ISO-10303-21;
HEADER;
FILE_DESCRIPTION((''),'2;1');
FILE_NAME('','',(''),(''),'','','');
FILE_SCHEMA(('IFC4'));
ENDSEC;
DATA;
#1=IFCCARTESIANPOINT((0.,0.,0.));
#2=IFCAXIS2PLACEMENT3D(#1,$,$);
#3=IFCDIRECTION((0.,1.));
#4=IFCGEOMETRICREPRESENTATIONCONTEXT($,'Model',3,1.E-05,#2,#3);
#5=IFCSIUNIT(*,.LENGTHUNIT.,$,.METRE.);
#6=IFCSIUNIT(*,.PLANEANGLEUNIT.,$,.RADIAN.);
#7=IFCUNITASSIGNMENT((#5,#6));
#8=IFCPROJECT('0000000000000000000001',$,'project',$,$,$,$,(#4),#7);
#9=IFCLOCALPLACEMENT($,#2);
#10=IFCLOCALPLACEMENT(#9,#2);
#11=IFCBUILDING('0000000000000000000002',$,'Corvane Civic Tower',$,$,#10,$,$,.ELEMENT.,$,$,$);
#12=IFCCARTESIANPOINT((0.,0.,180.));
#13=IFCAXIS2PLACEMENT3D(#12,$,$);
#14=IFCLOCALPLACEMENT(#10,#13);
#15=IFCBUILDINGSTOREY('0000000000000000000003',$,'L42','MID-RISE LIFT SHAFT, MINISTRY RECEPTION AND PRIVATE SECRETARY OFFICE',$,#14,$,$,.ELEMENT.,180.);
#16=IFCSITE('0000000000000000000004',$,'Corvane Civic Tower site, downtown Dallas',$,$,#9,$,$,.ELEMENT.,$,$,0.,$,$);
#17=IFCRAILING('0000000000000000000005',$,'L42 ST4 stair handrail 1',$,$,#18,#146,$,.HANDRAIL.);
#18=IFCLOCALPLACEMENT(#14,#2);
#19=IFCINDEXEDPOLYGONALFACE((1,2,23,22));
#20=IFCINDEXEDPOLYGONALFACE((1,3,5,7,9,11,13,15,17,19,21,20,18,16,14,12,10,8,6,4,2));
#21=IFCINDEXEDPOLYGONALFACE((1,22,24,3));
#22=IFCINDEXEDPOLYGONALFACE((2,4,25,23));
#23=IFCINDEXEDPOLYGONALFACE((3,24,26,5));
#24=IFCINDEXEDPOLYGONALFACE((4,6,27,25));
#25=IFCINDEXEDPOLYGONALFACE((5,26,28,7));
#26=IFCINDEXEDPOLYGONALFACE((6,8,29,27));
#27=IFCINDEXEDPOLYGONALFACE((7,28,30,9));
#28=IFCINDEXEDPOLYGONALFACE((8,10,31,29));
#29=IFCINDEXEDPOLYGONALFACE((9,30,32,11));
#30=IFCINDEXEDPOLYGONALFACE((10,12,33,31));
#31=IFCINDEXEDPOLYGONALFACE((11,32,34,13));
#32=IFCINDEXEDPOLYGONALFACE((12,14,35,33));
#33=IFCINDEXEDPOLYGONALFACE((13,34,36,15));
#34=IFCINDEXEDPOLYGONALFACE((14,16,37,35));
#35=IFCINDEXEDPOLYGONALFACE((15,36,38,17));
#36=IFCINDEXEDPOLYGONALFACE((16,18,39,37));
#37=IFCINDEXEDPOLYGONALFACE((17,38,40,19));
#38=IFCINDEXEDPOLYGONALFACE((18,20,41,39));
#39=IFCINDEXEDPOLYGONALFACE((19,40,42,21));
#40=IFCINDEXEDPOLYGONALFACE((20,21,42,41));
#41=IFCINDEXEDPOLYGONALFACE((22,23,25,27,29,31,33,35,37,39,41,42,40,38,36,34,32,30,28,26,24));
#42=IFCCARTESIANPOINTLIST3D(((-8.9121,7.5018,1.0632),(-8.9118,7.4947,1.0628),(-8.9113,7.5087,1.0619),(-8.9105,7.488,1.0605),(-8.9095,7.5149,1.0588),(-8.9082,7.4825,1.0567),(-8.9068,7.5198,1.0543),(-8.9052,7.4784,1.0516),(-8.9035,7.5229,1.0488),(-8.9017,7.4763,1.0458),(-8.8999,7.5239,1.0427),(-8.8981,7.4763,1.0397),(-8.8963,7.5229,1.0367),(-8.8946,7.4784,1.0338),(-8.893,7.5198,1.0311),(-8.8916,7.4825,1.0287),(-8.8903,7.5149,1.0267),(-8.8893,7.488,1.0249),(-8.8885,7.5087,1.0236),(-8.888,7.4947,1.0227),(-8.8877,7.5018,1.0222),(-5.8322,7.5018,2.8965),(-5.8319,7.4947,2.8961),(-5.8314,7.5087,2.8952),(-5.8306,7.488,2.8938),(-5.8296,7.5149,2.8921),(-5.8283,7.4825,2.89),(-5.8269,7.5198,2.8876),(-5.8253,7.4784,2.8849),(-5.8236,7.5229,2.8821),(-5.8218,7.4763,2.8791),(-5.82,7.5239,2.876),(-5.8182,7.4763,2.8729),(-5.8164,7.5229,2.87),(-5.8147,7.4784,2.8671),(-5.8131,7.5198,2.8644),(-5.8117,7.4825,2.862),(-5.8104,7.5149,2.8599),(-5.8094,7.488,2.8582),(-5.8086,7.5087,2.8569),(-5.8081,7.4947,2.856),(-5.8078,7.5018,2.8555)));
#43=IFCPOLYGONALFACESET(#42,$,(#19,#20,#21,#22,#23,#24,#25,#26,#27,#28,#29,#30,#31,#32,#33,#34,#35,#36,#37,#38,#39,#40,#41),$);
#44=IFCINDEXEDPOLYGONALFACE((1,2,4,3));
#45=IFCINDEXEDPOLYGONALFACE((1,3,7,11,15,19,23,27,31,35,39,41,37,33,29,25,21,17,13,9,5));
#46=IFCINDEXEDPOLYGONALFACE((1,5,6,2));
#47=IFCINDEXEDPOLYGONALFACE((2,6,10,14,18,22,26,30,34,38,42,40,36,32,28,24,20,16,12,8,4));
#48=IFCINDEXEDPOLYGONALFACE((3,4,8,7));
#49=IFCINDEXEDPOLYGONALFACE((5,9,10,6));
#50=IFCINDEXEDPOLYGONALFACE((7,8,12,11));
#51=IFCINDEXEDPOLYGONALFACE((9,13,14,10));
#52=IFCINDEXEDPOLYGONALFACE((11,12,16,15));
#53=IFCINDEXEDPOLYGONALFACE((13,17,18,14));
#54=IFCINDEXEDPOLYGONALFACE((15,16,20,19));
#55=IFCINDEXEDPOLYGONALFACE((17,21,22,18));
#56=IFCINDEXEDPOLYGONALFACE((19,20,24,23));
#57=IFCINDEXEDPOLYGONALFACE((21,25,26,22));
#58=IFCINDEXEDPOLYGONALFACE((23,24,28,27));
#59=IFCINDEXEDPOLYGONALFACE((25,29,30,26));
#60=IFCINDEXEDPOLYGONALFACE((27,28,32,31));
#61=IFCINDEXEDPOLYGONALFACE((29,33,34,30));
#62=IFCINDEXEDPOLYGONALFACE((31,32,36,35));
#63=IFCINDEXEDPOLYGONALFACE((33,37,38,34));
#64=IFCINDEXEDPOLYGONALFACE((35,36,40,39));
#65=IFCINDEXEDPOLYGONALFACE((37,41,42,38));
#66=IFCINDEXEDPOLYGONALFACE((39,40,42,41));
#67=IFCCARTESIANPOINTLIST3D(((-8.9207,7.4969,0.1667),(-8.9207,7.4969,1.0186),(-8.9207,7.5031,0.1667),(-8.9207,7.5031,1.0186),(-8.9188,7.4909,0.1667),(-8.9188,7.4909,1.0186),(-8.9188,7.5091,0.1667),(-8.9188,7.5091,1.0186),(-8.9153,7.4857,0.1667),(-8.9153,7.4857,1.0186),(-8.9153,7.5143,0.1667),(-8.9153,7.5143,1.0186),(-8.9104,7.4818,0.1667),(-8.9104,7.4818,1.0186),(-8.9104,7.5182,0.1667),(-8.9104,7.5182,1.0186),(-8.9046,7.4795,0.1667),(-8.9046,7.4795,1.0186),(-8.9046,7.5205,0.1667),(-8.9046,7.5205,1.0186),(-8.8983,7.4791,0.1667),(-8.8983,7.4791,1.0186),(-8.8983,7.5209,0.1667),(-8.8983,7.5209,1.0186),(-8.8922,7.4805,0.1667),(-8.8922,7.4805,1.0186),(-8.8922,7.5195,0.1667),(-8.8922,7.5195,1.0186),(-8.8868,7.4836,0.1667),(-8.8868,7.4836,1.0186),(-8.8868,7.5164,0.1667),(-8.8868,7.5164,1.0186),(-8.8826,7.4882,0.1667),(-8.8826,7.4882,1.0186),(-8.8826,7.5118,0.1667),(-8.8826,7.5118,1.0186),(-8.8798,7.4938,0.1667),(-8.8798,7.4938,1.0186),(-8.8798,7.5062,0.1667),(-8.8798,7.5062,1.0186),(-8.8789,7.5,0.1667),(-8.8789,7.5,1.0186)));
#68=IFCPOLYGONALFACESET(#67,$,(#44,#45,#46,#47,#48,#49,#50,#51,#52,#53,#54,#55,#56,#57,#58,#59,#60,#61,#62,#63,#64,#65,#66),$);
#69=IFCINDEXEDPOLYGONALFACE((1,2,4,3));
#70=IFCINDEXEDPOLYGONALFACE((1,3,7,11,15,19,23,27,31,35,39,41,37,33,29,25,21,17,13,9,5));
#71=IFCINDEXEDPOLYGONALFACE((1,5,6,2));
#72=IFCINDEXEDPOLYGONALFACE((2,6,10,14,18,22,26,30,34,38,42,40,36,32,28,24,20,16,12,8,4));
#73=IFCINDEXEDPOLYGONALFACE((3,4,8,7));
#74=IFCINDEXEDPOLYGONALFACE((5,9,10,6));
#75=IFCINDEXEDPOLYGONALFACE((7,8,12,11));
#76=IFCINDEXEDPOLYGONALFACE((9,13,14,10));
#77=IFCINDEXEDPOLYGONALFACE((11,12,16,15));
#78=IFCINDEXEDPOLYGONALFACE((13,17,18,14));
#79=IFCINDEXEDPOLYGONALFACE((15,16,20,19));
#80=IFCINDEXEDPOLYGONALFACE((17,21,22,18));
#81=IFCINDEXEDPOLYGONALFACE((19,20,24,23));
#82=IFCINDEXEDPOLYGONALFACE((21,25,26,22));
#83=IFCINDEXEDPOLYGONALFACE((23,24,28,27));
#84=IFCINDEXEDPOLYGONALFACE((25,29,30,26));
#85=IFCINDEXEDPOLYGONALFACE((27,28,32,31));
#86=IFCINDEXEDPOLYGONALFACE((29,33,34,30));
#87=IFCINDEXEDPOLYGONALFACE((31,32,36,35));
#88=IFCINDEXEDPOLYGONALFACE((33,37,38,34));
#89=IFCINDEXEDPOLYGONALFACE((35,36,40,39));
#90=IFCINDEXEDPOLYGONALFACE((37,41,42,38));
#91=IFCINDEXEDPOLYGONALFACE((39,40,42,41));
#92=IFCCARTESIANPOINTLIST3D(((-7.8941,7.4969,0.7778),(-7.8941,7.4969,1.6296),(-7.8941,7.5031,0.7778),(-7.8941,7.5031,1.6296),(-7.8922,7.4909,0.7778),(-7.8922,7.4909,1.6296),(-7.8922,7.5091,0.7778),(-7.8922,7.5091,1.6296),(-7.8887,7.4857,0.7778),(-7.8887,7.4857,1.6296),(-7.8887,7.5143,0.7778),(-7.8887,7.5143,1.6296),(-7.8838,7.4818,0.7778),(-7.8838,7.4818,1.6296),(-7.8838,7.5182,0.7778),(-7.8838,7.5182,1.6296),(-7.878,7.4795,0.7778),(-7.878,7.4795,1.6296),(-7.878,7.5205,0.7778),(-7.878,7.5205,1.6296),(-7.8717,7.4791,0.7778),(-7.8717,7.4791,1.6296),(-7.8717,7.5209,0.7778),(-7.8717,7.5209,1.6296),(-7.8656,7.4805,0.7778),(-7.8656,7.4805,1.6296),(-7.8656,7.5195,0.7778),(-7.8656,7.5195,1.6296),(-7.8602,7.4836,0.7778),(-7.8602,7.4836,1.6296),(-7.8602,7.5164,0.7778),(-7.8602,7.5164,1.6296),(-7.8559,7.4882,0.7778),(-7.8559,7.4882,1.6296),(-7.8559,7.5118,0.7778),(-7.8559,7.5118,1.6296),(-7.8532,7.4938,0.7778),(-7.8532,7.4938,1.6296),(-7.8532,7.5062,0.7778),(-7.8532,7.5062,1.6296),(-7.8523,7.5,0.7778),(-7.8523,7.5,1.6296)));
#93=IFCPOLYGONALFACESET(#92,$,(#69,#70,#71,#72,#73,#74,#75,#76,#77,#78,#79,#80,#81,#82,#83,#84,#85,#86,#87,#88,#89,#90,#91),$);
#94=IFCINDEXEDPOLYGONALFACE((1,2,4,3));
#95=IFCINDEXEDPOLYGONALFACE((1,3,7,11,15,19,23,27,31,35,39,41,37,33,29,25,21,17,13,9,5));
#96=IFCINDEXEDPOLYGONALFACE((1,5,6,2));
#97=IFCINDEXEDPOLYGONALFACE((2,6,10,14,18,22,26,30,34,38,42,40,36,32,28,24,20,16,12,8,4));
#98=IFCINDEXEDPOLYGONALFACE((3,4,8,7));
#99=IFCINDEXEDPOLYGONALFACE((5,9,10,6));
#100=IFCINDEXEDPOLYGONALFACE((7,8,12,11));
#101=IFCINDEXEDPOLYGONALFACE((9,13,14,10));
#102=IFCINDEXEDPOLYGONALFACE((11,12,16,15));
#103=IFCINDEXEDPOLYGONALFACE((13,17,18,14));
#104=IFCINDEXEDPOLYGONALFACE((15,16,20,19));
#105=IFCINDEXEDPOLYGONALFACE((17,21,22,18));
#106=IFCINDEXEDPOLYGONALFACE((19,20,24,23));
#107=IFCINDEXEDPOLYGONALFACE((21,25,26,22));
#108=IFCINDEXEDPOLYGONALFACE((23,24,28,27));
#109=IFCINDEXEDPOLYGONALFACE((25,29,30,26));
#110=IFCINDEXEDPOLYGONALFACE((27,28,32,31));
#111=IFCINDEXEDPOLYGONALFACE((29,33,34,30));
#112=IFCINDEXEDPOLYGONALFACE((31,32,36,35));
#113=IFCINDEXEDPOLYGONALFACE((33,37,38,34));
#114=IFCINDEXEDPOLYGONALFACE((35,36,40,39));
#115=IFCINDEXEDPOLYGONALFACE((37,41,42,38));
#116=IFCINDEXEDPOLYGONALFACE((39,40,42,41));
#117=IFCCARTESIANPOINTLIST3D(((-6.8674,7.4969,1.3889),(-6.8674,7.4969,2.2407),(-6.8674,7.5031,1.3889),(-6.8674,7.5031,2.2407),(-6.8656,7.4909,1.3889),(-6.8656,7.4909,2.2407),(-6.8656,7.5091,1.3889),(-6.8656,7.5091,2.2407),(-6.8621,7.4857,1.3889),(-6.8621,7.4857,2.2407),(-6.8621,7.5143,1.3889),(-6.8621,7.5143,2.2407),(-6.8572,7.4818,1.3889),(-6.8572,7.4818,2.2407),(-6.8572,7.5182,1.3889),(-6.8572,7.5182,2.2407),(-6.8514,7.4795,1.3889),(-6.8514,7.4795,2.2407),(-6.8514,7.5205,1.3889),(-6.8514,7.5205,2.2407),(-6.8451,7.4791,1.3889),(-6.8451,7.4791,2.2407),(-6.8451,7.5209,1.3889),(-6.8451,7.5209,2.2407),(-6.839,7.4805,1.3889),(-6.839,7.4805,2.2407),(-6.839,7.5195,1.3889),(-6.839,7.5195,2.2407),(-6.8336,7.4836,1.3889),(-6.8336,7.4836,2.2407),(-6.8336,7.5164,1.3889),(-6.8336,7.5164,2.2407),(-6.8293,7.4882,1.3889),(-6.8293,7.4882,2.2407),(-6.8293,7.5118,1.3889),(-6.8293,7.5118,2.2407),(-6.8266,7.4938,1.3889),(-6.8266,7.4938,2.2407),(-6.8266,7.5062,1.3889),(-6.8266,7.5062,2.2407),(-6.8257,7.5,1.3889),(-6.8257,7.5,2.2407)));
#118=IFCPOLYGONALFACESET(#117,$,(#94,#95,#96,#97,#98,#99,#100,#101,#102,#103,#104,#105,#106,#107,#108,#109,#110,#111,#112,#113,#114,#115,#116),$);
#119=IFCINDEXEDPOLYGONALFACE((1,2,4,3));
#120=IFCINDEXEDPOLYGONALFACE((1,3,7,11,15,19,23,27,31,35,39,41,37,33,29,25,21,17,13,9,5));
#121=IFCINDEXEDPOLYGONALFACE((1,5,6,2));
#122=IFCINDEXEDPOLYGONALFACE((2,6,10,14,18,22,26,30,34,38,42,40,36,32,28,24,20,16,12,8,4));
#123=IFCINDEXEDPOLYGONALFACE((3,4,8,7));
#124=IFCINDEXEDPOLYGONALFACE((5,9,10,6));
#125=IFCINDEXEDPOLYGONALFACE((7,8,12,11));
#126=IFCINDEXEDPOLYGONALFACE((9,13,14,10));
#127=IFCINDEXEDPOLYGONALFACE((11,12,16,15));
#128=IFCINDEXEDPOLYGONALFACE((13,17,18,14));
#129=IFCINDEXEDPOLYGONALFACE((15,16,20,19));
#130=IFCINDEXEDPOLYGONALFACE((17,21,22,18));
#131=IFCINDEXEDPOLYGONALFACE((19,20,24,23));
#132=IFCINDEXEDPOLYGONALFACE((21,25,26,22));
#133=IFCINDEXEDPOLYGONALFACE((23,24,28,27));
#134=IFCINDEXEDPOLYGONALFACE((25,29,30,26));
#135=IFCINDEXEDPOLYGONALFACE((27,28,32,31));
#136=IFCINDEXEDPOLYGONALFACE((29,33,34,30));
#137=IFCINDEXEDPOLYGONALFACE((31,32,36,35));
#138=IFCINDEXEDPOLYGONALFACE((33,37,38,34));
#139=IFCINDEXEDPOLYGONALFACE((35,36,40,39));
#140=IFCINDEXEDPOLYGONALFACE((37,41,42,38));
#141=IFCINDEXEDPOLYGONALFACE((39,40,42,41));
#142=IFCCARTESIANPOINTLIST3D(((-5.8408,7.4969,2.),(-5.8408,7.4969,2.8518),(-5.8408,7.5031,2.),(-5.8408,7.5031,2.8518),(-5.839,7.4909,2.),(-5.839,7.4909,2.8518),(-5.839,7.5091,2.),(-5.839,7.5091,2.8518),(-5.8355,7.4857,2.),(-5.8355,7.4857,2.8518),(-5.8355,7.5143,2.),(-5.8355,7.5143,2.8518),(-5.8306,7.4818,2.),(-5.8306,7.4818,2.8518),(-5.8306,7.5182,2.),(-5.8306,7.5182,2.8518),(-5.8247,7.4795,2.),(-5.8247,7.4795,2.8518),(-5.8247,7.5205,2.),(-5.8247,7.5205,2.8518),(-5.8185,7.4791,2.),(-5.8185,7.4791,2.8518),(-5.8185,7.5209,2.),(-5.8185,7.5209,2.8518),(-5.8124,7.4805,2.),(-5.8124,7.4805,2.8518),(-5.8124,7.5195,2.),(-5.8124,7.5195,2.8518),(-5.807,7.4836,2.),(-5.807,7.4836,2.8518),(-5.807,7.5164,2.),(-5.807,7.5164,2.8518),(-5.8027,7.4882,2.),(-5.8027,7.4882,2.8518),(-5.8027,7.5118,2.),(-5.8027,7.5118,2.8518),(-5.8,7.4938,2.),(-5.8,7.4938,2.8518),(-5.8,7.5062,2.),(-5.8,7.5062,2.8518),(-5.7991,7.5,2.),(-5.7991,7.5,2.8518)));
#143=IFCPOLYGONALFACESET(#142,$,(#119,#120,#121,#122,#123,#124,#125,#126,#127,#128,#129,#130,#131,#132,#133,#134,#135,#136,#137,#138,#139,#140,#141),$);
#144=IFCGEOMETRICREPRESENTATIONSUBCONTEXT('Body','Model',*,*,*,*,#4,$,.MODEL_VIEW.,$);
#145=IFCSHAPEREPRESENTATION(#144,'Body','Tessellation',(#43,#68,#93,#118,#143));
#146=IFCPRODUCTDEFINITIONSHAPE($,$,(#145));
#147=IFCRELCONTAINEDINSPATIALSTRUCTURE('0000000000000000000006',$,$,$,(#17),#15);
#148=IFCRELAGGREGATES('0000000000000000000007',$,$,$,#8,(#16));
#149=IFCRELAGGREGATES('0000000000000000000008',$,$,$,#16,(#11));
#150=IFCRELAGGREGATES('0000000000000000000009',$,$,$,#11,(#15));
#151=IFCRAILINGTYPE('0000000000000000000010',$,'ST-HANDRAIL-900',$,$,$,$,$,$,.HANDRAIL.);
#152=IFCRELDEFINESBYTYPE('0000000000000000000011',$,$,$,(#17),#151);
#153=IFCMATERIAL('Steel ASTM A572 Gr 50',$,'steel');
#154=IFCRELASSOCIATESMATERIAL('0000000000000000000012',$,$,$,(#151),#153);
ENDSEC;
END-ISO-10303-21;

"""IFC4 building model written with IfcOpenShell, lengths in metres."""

from ifc_helpers import new_model, si_unit, direction, frame, origin, origin_2d, place, context, subcontext, project, spatial, circle, extrude, material, type_object, element, save


model = new_model("IFC4")

# Units and contexts
model_context = context("Model", 3, precision=1e-05, world=origin(), true_north=direction((0.0, 1.0)))
body_context = subcontext(model_context, "Body", "Model", "MODEL_VIEW")
ifc_project = project(units=[si_unit("LENGTHUNIT", "METRE"), si_unit("PLANEANGLEUNIT", "RADIAN")], contexts=[model_context])

# Site, building, storey
site_placement = place(None, origin())
site = spatial("IfcSite", under=ifc_project, at=site_placement, Name="Corvane Civic Tower site, downtown Dallas", CompositionType="ELEMENT", RefElevation=0.0)
building_placement = place(site_placement, origin())
building = spatial("IfcBuilding", under=site, at=building_placement, Name="Corvane Civic Tower", CompositionType="ELEMENT")
storey_placement = place(building_placement, frame((0.0, 0.0, 180.0)))
storey = spatial("IfcBuildingStorey", under=building, at=storey_placement, Name="L42", Description="MID-RISE LIFT SHAFT, MINISTRY RECEPTION AND PRIVATE SECRETARY OFFICE", CompositionType="ELEMENT", Elevation=180.0)

# Railing
ifc_material_1 = material(Name="Steel ASTM A572 Gr 50", Category="steel")
railing_type_1 = type_object("IfcRailingType", Name="ST-HANDRAIL-900", PredefinedType="HANDRAIL", material=ifc_material_1)
railing_1_placement = place(storey_placement, frame((-8.8999, 7.5, 0.1667)))
element("IfcRailing", 1, at=railing_1_placement, inside=storey, type_object=railing_type_1, Name="L42 ST4 stair handrail 1", PredefinedType="HANDRAIL", context=body_context, shape_type="SweptSolid", body=[
    extrude(circle(Radius=0.0239, at=origin_2d()), frame((0.0, 0.0, 0.876), z_axis=(0.859291, 0.0, 0.511487), x_axis=(0.0, 1.0, 0.0)), (0.0, 0.0, 1.0), 3.5842),
    extrude(circle(Radius=0.021, at=origin_2d()), origin(), (0.0, 0.0, 1.0), 0.8518),
    extrude(circle(Radius=0.021, at=origin_2d()), frame((1.0266, 0.0, 0.6111)), (0.0, 0.0, 1.0), 0.8518),
    extrude(circle(Radius=0.021, at=origin_2d()), frame((2.0532, 0.0, 1.2222)), (0.0, 0.0, 1.0), 0.8518),
    extrude(circle(Radius=0.021, at=origin_2d()), frame((3.0798, 0.0, 1.8333)), (0.0, 0.0, 1.0), 0.8518),
])

save(model, "model.ifc")
